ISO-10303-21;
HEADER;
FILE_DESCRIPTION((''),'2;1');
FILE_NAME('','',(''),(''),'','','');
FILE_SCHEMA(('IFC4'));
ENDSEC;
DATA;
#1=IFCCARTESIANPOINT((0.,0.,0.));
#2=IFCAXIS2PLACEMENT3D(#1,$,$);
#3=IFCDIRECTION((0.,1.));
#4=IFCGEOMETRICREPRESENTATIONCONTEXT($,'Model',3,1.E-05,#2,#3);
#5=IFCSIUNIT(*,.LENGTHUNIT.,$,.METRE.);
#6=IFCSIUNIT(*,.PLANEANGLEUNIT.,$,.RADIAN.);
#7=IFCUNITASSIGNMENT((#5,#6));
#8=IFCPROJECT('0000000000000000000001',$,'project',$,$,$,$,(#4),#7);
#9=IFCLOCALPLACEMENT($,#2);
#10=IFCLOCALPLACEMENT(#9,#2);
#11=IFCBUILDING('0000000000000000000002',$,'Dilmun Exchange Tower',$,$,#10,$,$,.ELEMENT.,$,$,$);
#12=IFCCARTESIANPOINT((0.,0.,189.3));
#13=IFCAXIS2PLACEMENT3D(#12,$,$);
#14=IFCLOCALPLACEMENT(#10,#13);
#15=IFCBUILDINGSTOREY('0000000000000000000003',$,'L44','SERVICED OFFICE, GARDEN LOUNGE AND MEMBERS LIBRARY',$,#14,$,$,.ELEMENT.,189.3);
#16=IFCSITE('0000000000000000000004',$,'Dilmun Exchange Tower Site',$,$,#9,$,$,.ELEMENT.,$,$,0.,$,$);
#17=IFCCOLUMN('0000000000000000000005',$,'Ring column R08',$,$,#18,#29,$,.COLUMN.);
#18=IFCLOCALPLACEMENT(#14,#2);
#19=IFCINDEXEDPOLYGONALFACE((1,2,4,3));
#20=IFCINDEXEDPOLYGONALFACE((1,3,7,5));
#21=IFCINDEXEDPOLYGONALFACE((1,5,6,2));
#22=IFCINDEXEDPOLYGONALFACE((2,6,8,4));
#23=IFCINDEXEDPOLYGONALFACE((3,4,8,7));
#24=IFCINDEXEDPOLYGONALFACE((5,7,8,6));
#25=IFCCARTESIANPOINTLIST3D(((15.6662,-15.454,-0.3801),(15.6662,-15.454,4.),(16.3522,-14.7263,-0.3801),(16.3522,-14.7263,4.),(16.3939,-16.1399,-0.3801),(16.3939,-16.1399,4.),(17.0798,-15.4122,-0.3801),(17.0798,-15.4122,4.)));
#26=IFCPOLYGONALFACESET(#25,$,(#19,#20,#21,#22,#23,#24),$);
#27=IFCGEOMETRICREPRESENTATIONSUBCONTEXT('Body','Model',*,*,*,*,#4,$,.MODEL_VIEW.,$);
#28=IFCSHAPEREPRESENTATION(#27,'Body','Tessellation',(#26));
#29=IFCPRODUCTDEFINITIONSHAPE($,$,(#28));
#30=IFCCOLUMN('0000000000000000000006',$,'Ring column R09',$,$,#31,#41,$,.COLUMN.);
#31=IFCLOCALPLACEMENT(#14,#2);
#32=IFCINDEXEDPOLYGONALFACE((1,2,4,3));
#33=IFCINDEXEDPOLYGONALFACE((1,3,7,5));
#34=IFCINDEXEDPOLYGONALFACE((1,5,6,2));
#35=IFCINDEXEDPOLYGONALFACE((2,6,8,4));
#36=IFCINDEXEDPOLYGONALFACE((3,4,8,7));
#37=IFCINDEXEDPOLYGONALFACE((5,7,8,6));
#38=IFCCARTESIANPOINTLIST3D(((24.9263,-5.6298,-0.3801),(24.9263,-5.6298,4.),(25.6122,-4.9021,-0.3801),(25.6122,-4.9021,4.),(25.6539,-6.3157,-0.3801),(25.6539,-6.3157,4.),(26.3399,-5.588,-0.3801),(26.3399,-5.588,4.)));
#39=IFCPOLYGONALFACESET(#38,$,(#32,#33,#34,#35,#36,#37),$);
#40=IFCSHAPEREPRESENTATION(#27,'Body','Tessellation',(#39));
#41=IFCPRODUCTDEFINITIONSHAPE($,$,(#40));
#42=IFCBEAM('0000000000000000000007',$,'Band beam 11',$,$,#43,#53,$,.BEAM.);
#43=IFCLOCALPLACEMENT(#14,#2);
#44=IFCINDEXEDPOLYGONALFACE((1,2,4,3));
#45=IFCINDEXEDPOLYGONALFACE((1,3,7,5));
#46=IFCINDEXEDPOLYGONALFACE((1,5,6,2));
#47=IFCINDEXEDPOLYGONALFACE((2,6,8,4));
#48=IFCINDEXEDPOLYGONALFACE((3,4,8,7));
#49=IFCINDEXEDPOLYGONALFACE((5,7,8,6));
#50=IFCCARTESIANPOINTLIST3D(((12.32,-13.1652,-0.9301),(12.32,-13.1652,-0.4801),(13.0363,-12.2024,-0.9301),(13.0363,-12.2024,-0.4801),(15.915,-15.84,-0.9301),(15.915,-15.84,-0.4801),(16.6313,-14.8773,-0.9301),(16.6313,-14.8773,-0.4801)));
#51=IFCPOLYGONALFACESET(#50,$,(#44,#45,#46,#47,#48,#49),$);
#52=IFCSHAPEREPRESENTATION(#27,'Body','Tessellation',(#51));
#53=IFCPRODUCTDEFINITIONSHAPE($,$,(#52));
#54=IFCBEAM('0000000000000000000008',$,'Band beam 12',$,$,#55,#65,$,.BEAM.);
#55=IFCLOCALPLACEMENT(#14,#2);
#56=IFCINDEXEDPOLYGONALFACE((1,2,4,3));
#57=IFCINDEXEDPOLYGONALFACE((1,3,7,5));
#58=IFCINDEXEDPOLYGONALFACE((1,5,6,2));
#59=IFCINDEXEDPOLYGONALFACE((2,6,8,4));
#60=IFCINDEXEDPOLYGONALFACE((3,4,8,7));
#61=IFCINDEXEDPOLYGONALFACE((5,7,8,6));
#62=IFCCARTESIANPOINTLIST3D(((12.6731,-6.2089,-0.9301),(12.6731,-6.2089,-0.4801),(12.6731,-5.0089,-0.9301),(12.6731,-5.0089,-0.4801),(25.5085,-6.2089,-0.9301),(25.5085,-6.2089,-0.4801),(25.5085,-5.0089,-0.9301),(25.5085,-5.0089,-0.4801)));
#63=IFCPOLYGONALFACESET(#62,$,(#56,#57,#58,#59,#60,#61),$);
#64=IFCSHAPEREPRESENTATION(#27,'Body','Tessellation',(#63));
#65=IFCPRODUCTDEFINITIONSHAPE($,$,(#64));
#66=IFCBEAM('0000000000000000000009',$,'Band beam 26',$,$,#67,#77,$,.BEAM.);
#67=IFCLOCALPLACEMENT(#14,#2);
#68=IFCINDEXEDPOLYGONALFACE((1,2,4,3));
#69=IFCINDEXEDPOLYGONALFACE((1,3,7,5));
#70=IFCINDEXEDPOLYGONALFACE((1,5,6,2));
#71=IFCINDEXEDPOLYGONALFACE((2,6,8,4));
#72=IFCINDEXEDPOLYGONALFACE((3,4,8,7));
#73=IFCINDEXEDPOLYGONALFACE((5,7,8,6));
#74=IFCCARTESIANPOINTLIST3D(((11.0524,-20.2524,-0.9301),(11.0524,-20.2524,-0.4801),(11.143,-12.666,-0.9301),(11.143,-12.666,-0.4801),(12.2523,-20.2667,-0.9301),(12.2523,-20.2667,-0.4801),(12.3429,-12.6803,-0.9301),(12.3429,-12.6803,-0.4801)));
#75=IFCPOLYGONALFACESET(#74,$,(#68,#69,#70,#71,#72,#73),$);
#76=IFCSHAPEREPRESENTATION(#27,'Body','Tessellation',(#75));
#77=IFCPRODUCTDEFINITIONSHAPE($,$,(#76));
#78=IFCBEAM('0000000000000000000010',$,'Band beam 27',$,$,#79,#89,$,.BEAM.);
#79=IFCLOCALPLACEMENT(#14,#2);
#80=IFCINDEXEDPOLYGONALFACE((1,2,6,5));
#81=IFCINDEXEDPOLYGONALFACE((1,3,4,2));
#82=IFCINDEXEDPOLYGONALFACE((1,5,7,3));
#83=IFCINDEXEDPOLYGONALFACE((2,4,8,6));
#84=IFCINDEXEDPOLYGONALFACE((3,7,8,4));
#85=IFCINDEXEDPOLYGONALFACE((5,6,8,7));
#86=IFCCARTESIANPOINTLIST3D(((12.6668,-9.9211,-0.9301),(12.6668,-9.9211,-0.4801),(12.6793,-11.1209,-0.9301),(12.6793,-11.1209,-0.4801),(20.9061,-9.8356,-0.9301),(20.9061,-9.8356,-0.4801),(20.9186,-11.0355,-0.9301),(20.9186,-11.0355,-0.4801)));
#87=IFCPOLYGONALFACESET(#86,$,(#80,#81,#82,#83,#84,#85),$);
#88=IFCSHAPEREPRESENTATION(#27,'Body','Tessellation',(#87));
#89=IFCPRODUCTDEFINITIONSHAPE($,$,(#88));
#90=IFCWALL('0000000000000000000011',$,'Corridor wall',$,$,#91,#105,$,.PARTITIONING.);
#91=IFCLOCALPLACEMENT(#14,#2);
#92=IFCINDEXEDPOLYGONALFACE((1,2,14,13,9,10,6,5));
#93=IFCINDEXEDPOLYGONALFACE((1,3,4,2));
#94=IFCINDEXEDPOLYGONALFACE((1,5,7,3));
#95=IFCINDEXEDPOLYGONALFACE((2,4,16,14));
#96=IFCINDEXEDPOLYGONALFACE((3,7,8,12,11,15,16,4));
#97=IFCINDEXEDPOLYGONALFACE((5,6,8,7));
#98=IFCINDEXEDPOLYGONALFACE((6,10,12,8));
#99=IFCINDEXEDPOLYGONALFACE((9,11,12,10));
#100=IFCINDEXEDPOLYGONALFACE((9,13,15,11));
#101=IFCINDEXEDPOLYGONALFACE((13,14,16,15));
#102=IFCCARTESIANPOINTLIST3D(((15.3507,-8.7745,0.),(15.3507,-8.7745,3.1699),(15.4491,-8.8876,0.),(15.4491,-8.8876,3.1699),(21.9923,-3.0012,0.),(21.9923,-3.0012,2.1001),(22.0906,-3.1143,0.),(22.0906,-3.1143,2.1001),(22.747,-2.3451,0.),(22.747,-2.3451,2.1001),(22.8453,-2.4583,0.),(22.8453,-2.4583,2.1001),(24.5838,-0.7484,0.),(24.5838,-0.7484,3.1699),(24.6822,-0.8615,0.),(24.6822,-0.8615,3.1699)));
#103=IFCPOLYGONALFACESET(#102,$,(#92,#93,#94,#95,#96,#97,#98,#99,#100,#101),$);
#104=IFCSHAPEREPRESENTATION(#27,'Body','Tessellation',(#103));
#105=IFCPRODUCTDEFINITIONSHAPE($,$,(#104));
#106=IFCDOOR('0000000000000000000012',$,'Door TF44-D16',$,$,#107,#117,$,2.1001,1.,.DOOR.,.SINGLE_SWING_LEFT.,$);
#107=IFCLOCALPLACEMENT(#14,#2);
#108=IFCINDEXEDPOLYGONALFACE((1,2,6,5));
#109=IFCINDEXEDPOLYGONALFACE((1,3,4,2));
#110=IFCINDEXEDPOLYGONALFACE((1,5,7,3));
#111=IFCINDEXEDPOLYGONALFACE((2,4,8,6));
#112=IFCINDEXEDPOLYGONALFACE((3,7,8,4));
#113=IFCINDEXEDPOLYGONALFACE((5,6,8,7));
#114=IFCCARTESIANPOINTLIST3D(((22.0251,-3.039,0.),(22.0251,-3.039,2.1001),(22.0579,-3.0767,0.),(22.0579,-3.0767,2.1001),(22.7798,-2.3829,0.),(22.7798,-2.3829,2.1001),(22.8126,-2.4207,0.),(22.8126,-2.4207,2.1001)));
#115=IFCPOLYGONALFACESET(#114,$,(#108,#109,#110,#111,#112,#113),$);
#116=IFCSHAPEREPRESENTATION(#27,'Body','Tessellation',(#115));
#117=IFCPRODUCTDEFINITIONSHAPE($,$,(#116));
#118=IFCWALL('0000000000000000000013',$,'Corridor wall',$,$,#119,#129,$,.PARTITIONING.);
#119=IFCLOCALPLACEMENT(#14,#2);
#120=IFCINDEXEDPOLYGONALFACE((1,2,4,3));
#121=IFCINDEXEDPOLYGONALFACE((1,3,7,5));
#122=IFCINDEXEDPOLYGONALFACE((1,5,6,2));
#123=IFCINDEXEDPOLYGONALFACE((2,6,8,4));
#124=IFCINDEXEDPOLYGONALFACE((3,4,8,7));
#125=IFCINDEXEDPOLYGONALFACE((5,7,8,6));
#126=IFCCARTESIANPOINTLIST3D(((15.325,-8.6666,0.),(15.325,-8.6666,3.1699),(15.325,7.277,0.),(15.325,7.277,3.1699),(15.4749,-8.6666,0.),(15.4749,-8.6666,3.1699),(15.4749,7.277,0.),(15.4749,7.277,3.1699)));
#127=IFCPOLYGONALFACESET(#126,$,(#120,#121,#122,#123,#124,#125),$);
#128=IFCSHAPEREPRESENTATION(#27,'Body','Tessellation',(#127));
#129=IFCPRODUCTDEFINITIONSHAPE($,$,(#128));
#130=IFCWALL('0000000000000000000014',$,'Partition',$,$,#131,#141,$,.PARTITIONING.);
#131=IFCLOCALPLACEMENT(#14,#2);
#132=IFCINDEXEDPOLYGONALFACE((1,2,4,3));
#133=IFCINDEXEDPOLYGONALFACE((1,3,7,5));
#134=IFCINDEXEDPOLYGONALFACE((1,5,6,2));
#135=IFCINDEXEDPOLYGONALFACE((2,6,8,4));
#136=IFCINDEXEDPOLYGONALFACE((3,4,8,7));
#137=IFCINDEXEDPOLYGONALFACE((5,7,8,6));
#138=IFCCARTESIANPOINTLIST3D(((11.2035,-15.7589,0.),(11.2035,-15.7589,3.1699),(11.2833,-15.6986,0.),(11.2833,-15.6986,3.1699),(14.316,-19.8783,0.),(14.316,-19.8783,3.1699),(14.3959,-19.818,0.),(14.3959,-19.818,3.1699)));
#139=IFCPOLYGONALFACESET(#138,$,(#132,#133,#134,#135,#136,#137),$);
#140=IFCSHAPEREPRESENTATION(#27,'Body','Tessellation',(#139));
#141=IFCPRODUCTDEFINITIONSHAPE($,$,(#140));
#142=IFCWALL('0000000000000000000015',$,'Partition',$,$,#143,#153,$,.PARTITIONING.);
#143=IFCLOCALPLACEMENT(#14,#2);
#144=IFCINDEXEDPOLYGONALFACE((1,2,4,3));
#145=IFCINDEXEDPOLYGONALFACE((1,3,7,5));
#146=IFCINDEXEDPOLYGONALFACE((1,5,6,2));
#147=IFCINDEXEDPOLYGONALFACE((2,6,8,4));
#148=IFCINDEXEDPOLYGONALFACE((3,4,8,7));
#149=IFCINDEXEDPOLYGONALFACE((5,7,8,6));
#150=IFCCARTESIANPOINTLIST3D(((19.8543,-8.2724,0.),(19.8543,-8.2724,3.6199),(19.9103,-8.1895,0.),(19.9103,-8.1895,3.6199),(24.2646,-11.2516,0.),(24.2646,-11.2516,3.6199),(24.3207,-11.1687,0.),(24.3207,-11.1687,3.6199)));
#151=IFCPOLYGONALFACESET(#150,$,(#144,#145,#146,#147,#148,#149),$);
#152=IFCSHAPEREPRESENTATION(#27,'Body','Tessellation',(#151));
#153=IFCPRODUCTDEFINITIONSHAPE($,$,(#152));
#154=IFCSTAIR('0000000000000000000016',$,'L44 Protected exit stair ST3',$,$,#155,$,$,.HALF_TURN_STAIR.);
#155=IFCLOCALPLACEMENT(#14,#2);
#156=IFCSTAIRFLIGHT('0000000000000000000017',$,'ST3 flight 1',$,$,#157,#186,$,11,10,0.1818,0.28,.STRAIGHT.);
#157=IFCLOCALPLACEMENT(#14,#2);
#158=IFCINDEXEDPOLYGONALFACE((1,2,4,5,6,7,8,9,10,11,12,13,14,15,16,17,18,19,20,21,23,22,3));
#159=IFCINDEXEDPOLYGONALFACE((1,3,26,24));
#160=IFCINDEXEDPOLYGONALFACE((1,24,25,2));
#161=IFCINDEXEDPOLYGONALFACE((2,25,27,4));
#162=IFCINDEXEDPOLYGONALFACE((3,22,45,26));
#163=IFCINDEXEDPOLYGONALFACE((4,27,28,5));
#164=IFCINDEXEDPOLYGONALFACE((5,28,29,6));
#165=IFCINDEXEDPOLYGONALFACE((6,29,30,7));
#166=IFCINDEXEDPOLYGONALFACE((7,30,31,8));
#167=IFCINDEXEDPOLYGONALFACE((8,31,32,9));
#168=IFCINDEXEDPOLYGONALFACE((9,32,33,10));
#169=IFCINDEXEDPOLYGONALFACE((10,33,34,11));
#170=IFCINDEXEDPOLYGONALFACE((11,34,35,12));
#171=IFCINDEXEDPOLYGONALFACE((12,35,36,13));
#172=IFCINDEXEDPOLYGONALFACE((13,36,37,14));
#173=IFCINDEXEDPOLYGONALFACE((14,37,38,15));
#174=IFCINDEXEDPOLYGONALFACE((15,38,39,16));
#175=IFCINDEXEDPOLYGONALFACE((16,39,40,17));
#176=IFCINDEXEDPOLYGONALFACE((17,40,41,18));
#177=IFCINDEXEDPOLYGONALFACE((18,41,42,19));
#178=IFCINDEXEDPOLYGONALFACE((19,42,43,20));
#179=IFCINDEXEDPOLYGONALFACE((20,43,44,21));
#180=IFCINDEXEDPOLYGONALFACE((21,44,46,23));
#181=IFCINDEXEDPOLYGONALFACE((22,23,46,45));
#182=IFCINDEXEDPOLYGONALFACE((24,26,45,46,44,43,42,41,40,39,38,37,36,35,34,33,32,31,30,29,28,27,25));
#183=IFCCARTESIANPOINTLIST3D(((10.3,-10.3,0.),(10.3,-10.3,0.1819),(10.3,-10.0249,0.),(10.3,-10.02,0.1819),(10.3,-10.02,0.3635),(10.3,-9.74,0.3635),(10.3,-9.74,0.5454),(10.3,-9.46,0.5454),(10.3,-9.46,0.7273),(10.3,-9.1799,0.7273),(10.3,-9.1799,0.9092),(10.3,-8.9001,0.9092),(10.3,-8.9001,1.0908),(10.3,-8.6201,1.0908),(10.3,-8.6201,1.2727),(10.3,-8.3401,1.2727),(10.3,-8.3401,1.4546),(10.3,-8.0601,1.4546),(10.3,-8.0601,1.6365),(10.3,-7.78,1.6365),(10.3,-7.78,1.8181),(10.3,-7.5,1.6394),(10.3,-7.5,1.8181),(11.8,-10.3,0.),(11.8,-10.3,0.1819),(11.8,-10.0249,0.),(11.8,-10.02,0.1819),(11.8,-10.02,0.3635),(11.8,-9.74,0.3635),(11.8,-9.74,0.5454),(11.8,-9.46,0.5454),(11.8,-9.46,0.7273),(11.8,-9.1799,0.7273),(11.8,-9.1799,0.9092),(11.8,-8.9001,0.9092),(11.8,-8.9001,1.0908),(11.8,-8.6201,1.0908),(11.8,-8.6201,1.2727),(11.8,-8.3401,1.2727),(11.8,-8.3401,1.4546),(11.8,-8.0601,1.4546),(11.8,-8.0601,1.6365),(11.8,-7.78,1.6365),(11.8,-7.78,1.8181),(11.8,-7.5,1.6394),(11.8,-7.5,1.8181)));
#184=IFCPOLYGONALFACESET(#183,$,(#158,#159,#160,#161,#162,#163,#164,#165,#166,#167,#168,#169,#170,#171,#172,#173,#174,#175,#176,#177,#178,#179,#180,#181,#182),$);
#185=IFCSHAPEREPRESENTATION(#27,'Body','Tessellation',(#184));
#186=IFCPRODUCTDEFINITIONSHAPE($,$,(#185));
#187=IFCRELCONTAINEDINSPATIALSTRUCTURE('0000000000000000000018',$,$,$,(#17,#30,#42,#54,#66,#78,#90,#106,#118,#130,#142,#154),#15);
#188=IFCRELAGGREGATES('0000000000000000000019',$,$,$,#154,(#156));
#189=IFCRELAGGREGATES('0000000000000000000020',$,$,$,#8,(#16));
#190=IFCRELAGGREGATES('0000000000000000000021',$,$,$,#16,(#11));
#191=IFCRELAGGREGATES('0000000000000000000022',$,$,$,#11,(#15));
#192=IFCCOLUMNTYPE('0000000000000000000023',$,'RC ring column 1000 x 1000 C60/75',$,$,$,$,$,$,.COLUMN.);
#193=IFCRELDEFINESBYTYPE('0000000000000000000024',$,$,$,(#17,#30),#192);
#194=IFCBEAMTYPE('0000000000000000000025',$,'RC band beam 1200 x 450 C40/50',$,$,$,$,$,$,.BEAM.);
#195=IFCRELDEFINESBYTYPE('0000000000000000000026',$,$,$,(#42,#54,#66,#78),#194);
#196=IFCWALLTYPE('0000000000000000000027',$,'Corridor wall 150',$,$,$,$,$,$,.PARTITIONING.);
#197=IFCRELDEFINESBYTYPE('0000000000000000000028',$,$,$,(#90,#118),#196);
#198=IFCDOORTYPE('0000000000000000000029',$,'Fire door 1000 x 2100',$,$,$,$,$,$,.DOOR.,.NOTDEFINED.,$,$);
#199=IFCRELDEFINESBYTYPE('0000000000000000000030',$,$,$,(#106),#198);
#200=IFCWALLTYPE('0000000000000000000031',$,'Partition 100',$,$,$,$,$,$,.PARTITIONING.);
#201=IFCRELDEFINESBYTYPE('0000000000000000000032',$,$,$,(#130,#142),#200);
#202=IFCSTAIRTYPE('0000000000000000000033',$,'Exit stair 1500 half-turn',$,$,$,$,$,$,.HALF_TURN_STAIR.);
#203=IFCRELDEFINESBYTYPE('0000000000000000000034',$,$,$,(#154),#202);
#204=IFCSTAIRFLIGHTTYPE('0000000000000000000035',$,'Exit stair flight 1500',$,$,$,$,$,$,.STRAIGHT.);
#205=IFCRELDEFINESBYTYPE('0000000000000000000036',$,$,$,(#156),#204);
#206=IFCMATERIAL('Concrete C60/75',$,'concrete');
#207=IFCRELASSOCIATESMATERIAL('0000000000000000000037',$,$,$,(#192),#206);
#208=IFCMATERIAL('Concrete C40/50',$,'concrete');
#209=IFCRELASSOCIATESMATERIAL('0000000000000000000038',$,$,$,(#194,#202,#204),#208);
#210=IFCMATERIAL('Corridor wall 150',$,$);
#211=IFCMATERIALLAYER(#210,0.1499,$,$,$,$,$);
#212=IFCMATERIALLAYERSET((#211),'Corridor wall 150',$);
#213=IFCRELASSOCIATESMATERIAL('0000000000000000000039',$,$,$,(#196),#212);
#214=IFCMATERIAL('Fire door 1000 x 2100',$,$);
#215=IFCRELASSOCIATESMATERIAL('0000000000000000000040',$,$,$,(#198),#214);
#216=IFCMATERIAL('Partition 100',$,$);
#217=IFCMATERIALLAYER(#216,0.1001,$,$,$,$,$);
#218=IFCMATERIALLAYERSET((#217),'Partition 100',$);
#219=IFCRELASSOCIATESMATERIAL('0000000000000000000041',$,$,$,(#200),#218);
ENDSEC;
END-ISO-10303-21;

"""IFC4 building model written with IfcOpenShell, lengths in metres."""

from ifc_helpers import new_model, si_unit, direction, frame, frame_2d, origin, origin_2d, place, context, subcontext, project, spatial, polyline, rectangle, outline, extrude, material, layer, layer_set, material_profile, profile_set, type_object, element, fill, aggregate, save


model = new_model("IFC4")

# Units and contexts
model_context = context("Model", 3, precision=1e-05, world=origin(), true_north=direction((0.0, 1.0)))
body_context = subcontext(model_context, "Body", "Model", "MODEL_VIEW")
ifc_project = project(units=[si_unit("LENGTHUNIT", "METRE"), si_unit("PLANEANGLEUNIT", "RADIAN")], contexts=[model_context])

# Site, building, storey
site_placement = place(None, origin())
site = spatial("IfcSite", under=ifc_project, at=site_placement, Name="Dilmun Exchange Tower Site", CompositionType="ELEMENT", RefElevation=0.0)
building_placement = place(site_placement, origin())
building = spatial("IfcBuilding", under=site, at=building_placement, Name="Dilmun Exchange Tower", CompositionType="ELEMENT")
storey_placement = place(building_placement, frame((0.0, 0.0, 189.3)))
storey = spatial("IfcBuildingStorey", under=building, at=storey_placement, Name="L44", Description="SERVICED OFFICE, GARDEN LOUNGE AND MEMBERS LIBRARY", CompositionType="ELEMENT", Elevation=189.3)

# Columns
ifc_material_1 = material(Name="Concrete C60/75", Category="concrete")
ifc_material_profile_1 = material_profile(ifc_material_1, rectangle(XDim=1.0, YDim=1.0, at=origin_2d()), Name="1000 x 1000")
ifc_profile_set_1 = profile_set([ifc_material_profile_1], Name="Concrete C60/75")
column_type = type_object("IfcColumnType", Name="RC ring column 1000 x 1000 C60/75", PredefinedType="COLUMN", material=ifc_profile_set_1)
for number, where, z_axis, x_axis, name in (
    (1, (16.373, -15.4331, -0.3801), (0.0, 0.0, 1.0), (0.685916, 0.727681, 0.0), "Ring column R08"),
    (2, (25.6331, -5.6089, -0.3801), (0.0, 0.0, 1.0), (0.685916, 0.727681, 0.0), "Ring column R09"),
):
    element("IfcColumn", number, at=place(storey_placement, frame(where, z_axis=z_axis, x_axis=x_axis)), inside=storey, type_object=column_type, Name=name, PredefinedType="COLUMN", context=body_context, shape_type="SweptSolid", body=[
        extrude(rectangle(XDim=1.0, YDim=1.0, at=origin_2d()), origin(), (0.0, 0.0, 1.0), 4.3801),
    ])

# Beams
ifc_material_2 = material(Name="Concrete C40/50", Category="concrete")
ifc_material_profile_2 = material_profile(ifc_material_2, rectangle(XDim=1.2, YDim=0.45, at=origin_2d()), Name="1200 x 450")
ifc_profile_set_2 = profile_set([ifc_material_profile_2], Name="Concrete C40/50")
beam_type = type_object("IfcBeamType", Name="RC band beam 1200 x 450 C40/50", PredefinedType="BEAM", material=ifc_profile_set_2)
beam_1_placement = place(storey_placement, frame((16.2732, -15.3586, -0.7051), z_axis=(-0.802289, 0.596936, 0.0), x_axis=(-0.596936, -0.802289, 0.0)))
element("IfcBeam", 3, at=beam_1_placement, inside=storey, type_object=beam_type, Name="Band beam 11", PredefinedType="BEAM", context=body_context, shape_type="SweptSolid", body=[
    extrude(rectangle(XDim=1.2, YDim=0.45, at=origin_2d()), origin(), (0.0, 0.0, 1.0), 4.481),
])
beam_2_placement = place(storey_placement, frame((25.5085, -5.6089, -0.7051), z_axis=(-1.0, 0.0, 0.0), x_axis=(0.0, -1.0, 0.0)))
element("IfcBeam", 4, at=beam_2_placement, inside=storey, type_object=beam_type, Name="Band beam 12", PredefinedType="BEAM", context=body_context, shape_type="SweptSolid", body=[
    extrude(rectangle(XDim=1.2, YDim=0.45, at=origin_2d()), origin(), (0.0, 0.0, 1.0), 12.8354),
])
beam_3_placement = place(storey_placement, frame((11.6523, -20.2595, -0.7051), z_axis=(0.011938, 0.999929, 0.0), x_axis=(-0.999929, 0.011938, 0.0)))
element("IfcBeam", 5, at=beam_3_placement, inside=storey, type_object=beam_type, Name="Band beam 26", PredefinedType="BEAM", context=body_context, shape_type="SweptSolid", body=[
    extrude(rectangle(XDim=1.2, YDim=0.45, at=origin_2d()), origin(), (0.0, 0.0, 1.0), 7.5869),
])
beam_4_placement = place(storey_placement, frame((20.9124, -10.4355, -0.7051), z_axis=(-0.999946, -0.01037, 0.0), x_axis=(0.01037, -0.999946, 0.0)))
element("IfcBeam", 6, at=beam_4_placement, inside=storey, type_object=beam_type, Name="Band beam 27", PredefinedType="BEAM", context=body_context, shape_type="SweptSolid", body=[
    extrude(rectangle(XDim=1.2, YDim=0.45, at=origin_2d()), origin(), (0.0, 0.0, 1.0), 8.2397),
])

# Wall, opening, door
ifc_material_3 = material(Name="Corridor wall 150")
ifc_layer_1 = layer(ifc_material_3, 0.1499)
ifc_layer_set_1 = layer_set([ifc_layer_1], Name="Corridor wall 150")
wall_type_1 = type_object("IfcWallType", Name="Corridor wall 150", PredefinedType="PARTITIONING", material=ifc_layer_set_1)
wall_1_placement = place(storey_placement, frame((15.3999, -8.8311, 0.0), z_axis=(0.0, 0.0, 1.0), x_axis=(0.754715, 0.656053, 0.0)))
wall_1 = element("IfcWall", 7, at=wall_1_placement, inside=storey, type_object=wall_type_1, Name="Corridor wall", PredefinedType="PARTITIONING", context=body_context, shape_type="SweptSolid", body=[
    extrude(rectangle(XDim=12.2339, YDim=0.1499, at=frame_2d((6.1169, 0.0))), origin(), (0.0, 0.0, 1.0), 3.1699),
])
opening_1_placement = place(wall_1_placement, frame((8.8, 0.0, 0.0)))
opening_1 = element("IfcOpeningElement", 8, at=opening_1_placement, cuts=wall_1, PredefinedType="OPENING", context=body_context, shape_type="SweptSolid", body=[
    extrude(rectangle(XDim=1.0, YDim=2.1001, at=frame_2d((0.5, 1.05))), frame((0.0, 0.085, 0.0), z_axis=(0.0, -1.0, 0.0), x_axis=(1.0, 0.0, 0.0)), (0.0, 0.0, 1.0), 0.1699),
])
ifc_material_4 = material(Name="Fire door 1000 x 2100")
door_type_1 = type_object("IfcDoorType", Name="Fire door 1000 x 2100", OperationType="NOTDEFINED", PredefinedType="DOOR", material=ifc_material_4)
door_1_placement = place(opening_1_placement, origin())
door_1 = element("IfcDoor", 9, at=door_1_placement, inside=storey, type_object=door_type_1, Name="Door TF44-D16", OperationType="SINGLE_SWING_LEFT", OverallHeight=2.1001, OverallWidth=1.0, PredefinedType="DOOR", context=body_context, shape_type="SweptSolid", body=[
    extrude(rectangle(XDim=1.0, YDim=2.1001, at=frame_2d((0.5, 1.05))), frame((0.0, 0.0249, 0.0), z_axis=(0.0, -1.0, 0.0), x_axis=(1.0, 0.0, 0.0)), (0.0, 0.0, 1.0), 0.05),
])
fill(opening_1, door_1)

# Walls
wall_2_placement = place(storey_placement, frame((15.3999, -8.6665, 0.0), z_axis=(0.0, 0.0, 1.0), x_axis=(0.0, 1.0, 0.0)))
element("IfcWall", 10, at=wall_2_placement, inside=storey, type_object=wall_type_1, Name="Corridor wall", PredefinedType="PARTITIONING", context=body_context, shape_type="SweptSolid", body=[
    extrude(rectangle(XDim=15.9436, YDim=0.1499, at=frame_2d((7.9717, 0.0))), origin(), (0.0, 0.0, 1.0), 3.1699),
])
ifc_material_5 = material(Name="Partition 100")
ifc_layer_2 = layer(ifc_material_5, 0.1001)
ifc_layer_set_2 = layer_set([ifc_layer_2], Name="Partition 100")
wall_type_2 = type_object("IfcWallType", Name="Partition 100", PredefinedType="PARTITIONING", material=ifc_layer_set_2)
wall_3_placement = place(storey_placement, frame((11.2434, -15.7288, 0.0), z_axis=(0.0, 0.0, 1.0), x_axis=(0.602848, -0.797856, 0.0)))
element("IfcWall", 11, at=wall_3_placement, inside=storey, type_object=wall_type_2, Name="Partition", PredefinedType="PARTITIONING", context=body_context, shape_type="SweptSolid", body=[
    extrude(rectangle(XDim=5.1631, YDim=0.1001, at=frame_2d((2.5815, 0.0))), origin(), (0.0, 0.0, 1.0), 3.1699),
])
wall_4_placement = place(storey_placement, frame((19.8823, -8.231, 0.0), z_axis=(0.0, 0.0, 1.0), x_axis=(0.828655, -0.55976, 0.0)))
element("IfcWall", 12, at=wall_4_placement, inside=storey, type_object=wall_type_2, Name="Partition", PredefinedType="PARTITIONING", context=body_context, shape_type="SweptSolid", body=[
    extrude(rectangle(XDim=5.3223, YDim=0.1001, at=frame_2d((2.6611, 0.0))), origin(), (0.0, 0.0, 1.0), 3.6199),
])

# Stair, stair flight
stair_type = type_object("IfcStairType", Name="Exit stair 1500 half-turn", PredefinedType="HALF_TURN_STAIR", material=ifc_material_2)
stair_placement = place(storey_placement, origin())
stair = element("IfcStair", 13, at=stair_placement, inside=storey, type_object=stair_type, Name="L44 Protected exit stair ST3", PredefinedType="HALF_TURN_STAIR")
stair_flight_type = type_object("IfcStairFlightType", Name="Exit stair flight 1500", PredefinedType="STRAIGHT", material=ifc_material_2)
stair_flight_placement = place(storey_placement, frame((11.05, -10.3, 0.0), z_axis=(0.0, 0.0, 1.0), x_axis=(0.0, 1.0, 0.0)))
stair_flight = element("IfcStairFlight", 14, at=stair_flight_placement, type_object=stair_flight_type, Name="ST3 flight 1", NumberOfRisers=11, NumberOfTreads=10, PredefinedType="STRAIGHT", RiserHeight=0.1818, TreadLength=0.28, context=body_context, shape_type="SweptSolid", body=[
    extrude(outline(polyline([(0.0, 0.0), (0.0, 0.1819), (0.28, 0.1819), (0.28, 0.3635), (0.5601, 0.3635), (0.5601, 0.5454), (0.8401, 0.5454), (0.8401, 0.7273), (1.1201, 0.7273), (1.1201, 0.9092), (1.3999, 0.9092), (1.3999, 1.0908), (1.6799, 1.0908), (1.6799, 1.2727), (1.96, 1.2727), (1.96, 1.4546), (2.24, 1.4546), (2.24, 1.6365), (2.52, 1.6365), (2.52, 1.8181), (2.8, 1.8181), (2.8, 2.0), (2.8, 1.6394), (0.2751, 0.0), (0.0, 0.0)])), frame((0.0, 0.75, 0.0), z_axis=(0.0, -1.0, 0.0), x_axis=(1.0, 0.0, 0.0)), (0.0, 0.0, 1.0), 1.5),
])
aggregate(stair, [stair_flight])

save(model, "model.ifc")
